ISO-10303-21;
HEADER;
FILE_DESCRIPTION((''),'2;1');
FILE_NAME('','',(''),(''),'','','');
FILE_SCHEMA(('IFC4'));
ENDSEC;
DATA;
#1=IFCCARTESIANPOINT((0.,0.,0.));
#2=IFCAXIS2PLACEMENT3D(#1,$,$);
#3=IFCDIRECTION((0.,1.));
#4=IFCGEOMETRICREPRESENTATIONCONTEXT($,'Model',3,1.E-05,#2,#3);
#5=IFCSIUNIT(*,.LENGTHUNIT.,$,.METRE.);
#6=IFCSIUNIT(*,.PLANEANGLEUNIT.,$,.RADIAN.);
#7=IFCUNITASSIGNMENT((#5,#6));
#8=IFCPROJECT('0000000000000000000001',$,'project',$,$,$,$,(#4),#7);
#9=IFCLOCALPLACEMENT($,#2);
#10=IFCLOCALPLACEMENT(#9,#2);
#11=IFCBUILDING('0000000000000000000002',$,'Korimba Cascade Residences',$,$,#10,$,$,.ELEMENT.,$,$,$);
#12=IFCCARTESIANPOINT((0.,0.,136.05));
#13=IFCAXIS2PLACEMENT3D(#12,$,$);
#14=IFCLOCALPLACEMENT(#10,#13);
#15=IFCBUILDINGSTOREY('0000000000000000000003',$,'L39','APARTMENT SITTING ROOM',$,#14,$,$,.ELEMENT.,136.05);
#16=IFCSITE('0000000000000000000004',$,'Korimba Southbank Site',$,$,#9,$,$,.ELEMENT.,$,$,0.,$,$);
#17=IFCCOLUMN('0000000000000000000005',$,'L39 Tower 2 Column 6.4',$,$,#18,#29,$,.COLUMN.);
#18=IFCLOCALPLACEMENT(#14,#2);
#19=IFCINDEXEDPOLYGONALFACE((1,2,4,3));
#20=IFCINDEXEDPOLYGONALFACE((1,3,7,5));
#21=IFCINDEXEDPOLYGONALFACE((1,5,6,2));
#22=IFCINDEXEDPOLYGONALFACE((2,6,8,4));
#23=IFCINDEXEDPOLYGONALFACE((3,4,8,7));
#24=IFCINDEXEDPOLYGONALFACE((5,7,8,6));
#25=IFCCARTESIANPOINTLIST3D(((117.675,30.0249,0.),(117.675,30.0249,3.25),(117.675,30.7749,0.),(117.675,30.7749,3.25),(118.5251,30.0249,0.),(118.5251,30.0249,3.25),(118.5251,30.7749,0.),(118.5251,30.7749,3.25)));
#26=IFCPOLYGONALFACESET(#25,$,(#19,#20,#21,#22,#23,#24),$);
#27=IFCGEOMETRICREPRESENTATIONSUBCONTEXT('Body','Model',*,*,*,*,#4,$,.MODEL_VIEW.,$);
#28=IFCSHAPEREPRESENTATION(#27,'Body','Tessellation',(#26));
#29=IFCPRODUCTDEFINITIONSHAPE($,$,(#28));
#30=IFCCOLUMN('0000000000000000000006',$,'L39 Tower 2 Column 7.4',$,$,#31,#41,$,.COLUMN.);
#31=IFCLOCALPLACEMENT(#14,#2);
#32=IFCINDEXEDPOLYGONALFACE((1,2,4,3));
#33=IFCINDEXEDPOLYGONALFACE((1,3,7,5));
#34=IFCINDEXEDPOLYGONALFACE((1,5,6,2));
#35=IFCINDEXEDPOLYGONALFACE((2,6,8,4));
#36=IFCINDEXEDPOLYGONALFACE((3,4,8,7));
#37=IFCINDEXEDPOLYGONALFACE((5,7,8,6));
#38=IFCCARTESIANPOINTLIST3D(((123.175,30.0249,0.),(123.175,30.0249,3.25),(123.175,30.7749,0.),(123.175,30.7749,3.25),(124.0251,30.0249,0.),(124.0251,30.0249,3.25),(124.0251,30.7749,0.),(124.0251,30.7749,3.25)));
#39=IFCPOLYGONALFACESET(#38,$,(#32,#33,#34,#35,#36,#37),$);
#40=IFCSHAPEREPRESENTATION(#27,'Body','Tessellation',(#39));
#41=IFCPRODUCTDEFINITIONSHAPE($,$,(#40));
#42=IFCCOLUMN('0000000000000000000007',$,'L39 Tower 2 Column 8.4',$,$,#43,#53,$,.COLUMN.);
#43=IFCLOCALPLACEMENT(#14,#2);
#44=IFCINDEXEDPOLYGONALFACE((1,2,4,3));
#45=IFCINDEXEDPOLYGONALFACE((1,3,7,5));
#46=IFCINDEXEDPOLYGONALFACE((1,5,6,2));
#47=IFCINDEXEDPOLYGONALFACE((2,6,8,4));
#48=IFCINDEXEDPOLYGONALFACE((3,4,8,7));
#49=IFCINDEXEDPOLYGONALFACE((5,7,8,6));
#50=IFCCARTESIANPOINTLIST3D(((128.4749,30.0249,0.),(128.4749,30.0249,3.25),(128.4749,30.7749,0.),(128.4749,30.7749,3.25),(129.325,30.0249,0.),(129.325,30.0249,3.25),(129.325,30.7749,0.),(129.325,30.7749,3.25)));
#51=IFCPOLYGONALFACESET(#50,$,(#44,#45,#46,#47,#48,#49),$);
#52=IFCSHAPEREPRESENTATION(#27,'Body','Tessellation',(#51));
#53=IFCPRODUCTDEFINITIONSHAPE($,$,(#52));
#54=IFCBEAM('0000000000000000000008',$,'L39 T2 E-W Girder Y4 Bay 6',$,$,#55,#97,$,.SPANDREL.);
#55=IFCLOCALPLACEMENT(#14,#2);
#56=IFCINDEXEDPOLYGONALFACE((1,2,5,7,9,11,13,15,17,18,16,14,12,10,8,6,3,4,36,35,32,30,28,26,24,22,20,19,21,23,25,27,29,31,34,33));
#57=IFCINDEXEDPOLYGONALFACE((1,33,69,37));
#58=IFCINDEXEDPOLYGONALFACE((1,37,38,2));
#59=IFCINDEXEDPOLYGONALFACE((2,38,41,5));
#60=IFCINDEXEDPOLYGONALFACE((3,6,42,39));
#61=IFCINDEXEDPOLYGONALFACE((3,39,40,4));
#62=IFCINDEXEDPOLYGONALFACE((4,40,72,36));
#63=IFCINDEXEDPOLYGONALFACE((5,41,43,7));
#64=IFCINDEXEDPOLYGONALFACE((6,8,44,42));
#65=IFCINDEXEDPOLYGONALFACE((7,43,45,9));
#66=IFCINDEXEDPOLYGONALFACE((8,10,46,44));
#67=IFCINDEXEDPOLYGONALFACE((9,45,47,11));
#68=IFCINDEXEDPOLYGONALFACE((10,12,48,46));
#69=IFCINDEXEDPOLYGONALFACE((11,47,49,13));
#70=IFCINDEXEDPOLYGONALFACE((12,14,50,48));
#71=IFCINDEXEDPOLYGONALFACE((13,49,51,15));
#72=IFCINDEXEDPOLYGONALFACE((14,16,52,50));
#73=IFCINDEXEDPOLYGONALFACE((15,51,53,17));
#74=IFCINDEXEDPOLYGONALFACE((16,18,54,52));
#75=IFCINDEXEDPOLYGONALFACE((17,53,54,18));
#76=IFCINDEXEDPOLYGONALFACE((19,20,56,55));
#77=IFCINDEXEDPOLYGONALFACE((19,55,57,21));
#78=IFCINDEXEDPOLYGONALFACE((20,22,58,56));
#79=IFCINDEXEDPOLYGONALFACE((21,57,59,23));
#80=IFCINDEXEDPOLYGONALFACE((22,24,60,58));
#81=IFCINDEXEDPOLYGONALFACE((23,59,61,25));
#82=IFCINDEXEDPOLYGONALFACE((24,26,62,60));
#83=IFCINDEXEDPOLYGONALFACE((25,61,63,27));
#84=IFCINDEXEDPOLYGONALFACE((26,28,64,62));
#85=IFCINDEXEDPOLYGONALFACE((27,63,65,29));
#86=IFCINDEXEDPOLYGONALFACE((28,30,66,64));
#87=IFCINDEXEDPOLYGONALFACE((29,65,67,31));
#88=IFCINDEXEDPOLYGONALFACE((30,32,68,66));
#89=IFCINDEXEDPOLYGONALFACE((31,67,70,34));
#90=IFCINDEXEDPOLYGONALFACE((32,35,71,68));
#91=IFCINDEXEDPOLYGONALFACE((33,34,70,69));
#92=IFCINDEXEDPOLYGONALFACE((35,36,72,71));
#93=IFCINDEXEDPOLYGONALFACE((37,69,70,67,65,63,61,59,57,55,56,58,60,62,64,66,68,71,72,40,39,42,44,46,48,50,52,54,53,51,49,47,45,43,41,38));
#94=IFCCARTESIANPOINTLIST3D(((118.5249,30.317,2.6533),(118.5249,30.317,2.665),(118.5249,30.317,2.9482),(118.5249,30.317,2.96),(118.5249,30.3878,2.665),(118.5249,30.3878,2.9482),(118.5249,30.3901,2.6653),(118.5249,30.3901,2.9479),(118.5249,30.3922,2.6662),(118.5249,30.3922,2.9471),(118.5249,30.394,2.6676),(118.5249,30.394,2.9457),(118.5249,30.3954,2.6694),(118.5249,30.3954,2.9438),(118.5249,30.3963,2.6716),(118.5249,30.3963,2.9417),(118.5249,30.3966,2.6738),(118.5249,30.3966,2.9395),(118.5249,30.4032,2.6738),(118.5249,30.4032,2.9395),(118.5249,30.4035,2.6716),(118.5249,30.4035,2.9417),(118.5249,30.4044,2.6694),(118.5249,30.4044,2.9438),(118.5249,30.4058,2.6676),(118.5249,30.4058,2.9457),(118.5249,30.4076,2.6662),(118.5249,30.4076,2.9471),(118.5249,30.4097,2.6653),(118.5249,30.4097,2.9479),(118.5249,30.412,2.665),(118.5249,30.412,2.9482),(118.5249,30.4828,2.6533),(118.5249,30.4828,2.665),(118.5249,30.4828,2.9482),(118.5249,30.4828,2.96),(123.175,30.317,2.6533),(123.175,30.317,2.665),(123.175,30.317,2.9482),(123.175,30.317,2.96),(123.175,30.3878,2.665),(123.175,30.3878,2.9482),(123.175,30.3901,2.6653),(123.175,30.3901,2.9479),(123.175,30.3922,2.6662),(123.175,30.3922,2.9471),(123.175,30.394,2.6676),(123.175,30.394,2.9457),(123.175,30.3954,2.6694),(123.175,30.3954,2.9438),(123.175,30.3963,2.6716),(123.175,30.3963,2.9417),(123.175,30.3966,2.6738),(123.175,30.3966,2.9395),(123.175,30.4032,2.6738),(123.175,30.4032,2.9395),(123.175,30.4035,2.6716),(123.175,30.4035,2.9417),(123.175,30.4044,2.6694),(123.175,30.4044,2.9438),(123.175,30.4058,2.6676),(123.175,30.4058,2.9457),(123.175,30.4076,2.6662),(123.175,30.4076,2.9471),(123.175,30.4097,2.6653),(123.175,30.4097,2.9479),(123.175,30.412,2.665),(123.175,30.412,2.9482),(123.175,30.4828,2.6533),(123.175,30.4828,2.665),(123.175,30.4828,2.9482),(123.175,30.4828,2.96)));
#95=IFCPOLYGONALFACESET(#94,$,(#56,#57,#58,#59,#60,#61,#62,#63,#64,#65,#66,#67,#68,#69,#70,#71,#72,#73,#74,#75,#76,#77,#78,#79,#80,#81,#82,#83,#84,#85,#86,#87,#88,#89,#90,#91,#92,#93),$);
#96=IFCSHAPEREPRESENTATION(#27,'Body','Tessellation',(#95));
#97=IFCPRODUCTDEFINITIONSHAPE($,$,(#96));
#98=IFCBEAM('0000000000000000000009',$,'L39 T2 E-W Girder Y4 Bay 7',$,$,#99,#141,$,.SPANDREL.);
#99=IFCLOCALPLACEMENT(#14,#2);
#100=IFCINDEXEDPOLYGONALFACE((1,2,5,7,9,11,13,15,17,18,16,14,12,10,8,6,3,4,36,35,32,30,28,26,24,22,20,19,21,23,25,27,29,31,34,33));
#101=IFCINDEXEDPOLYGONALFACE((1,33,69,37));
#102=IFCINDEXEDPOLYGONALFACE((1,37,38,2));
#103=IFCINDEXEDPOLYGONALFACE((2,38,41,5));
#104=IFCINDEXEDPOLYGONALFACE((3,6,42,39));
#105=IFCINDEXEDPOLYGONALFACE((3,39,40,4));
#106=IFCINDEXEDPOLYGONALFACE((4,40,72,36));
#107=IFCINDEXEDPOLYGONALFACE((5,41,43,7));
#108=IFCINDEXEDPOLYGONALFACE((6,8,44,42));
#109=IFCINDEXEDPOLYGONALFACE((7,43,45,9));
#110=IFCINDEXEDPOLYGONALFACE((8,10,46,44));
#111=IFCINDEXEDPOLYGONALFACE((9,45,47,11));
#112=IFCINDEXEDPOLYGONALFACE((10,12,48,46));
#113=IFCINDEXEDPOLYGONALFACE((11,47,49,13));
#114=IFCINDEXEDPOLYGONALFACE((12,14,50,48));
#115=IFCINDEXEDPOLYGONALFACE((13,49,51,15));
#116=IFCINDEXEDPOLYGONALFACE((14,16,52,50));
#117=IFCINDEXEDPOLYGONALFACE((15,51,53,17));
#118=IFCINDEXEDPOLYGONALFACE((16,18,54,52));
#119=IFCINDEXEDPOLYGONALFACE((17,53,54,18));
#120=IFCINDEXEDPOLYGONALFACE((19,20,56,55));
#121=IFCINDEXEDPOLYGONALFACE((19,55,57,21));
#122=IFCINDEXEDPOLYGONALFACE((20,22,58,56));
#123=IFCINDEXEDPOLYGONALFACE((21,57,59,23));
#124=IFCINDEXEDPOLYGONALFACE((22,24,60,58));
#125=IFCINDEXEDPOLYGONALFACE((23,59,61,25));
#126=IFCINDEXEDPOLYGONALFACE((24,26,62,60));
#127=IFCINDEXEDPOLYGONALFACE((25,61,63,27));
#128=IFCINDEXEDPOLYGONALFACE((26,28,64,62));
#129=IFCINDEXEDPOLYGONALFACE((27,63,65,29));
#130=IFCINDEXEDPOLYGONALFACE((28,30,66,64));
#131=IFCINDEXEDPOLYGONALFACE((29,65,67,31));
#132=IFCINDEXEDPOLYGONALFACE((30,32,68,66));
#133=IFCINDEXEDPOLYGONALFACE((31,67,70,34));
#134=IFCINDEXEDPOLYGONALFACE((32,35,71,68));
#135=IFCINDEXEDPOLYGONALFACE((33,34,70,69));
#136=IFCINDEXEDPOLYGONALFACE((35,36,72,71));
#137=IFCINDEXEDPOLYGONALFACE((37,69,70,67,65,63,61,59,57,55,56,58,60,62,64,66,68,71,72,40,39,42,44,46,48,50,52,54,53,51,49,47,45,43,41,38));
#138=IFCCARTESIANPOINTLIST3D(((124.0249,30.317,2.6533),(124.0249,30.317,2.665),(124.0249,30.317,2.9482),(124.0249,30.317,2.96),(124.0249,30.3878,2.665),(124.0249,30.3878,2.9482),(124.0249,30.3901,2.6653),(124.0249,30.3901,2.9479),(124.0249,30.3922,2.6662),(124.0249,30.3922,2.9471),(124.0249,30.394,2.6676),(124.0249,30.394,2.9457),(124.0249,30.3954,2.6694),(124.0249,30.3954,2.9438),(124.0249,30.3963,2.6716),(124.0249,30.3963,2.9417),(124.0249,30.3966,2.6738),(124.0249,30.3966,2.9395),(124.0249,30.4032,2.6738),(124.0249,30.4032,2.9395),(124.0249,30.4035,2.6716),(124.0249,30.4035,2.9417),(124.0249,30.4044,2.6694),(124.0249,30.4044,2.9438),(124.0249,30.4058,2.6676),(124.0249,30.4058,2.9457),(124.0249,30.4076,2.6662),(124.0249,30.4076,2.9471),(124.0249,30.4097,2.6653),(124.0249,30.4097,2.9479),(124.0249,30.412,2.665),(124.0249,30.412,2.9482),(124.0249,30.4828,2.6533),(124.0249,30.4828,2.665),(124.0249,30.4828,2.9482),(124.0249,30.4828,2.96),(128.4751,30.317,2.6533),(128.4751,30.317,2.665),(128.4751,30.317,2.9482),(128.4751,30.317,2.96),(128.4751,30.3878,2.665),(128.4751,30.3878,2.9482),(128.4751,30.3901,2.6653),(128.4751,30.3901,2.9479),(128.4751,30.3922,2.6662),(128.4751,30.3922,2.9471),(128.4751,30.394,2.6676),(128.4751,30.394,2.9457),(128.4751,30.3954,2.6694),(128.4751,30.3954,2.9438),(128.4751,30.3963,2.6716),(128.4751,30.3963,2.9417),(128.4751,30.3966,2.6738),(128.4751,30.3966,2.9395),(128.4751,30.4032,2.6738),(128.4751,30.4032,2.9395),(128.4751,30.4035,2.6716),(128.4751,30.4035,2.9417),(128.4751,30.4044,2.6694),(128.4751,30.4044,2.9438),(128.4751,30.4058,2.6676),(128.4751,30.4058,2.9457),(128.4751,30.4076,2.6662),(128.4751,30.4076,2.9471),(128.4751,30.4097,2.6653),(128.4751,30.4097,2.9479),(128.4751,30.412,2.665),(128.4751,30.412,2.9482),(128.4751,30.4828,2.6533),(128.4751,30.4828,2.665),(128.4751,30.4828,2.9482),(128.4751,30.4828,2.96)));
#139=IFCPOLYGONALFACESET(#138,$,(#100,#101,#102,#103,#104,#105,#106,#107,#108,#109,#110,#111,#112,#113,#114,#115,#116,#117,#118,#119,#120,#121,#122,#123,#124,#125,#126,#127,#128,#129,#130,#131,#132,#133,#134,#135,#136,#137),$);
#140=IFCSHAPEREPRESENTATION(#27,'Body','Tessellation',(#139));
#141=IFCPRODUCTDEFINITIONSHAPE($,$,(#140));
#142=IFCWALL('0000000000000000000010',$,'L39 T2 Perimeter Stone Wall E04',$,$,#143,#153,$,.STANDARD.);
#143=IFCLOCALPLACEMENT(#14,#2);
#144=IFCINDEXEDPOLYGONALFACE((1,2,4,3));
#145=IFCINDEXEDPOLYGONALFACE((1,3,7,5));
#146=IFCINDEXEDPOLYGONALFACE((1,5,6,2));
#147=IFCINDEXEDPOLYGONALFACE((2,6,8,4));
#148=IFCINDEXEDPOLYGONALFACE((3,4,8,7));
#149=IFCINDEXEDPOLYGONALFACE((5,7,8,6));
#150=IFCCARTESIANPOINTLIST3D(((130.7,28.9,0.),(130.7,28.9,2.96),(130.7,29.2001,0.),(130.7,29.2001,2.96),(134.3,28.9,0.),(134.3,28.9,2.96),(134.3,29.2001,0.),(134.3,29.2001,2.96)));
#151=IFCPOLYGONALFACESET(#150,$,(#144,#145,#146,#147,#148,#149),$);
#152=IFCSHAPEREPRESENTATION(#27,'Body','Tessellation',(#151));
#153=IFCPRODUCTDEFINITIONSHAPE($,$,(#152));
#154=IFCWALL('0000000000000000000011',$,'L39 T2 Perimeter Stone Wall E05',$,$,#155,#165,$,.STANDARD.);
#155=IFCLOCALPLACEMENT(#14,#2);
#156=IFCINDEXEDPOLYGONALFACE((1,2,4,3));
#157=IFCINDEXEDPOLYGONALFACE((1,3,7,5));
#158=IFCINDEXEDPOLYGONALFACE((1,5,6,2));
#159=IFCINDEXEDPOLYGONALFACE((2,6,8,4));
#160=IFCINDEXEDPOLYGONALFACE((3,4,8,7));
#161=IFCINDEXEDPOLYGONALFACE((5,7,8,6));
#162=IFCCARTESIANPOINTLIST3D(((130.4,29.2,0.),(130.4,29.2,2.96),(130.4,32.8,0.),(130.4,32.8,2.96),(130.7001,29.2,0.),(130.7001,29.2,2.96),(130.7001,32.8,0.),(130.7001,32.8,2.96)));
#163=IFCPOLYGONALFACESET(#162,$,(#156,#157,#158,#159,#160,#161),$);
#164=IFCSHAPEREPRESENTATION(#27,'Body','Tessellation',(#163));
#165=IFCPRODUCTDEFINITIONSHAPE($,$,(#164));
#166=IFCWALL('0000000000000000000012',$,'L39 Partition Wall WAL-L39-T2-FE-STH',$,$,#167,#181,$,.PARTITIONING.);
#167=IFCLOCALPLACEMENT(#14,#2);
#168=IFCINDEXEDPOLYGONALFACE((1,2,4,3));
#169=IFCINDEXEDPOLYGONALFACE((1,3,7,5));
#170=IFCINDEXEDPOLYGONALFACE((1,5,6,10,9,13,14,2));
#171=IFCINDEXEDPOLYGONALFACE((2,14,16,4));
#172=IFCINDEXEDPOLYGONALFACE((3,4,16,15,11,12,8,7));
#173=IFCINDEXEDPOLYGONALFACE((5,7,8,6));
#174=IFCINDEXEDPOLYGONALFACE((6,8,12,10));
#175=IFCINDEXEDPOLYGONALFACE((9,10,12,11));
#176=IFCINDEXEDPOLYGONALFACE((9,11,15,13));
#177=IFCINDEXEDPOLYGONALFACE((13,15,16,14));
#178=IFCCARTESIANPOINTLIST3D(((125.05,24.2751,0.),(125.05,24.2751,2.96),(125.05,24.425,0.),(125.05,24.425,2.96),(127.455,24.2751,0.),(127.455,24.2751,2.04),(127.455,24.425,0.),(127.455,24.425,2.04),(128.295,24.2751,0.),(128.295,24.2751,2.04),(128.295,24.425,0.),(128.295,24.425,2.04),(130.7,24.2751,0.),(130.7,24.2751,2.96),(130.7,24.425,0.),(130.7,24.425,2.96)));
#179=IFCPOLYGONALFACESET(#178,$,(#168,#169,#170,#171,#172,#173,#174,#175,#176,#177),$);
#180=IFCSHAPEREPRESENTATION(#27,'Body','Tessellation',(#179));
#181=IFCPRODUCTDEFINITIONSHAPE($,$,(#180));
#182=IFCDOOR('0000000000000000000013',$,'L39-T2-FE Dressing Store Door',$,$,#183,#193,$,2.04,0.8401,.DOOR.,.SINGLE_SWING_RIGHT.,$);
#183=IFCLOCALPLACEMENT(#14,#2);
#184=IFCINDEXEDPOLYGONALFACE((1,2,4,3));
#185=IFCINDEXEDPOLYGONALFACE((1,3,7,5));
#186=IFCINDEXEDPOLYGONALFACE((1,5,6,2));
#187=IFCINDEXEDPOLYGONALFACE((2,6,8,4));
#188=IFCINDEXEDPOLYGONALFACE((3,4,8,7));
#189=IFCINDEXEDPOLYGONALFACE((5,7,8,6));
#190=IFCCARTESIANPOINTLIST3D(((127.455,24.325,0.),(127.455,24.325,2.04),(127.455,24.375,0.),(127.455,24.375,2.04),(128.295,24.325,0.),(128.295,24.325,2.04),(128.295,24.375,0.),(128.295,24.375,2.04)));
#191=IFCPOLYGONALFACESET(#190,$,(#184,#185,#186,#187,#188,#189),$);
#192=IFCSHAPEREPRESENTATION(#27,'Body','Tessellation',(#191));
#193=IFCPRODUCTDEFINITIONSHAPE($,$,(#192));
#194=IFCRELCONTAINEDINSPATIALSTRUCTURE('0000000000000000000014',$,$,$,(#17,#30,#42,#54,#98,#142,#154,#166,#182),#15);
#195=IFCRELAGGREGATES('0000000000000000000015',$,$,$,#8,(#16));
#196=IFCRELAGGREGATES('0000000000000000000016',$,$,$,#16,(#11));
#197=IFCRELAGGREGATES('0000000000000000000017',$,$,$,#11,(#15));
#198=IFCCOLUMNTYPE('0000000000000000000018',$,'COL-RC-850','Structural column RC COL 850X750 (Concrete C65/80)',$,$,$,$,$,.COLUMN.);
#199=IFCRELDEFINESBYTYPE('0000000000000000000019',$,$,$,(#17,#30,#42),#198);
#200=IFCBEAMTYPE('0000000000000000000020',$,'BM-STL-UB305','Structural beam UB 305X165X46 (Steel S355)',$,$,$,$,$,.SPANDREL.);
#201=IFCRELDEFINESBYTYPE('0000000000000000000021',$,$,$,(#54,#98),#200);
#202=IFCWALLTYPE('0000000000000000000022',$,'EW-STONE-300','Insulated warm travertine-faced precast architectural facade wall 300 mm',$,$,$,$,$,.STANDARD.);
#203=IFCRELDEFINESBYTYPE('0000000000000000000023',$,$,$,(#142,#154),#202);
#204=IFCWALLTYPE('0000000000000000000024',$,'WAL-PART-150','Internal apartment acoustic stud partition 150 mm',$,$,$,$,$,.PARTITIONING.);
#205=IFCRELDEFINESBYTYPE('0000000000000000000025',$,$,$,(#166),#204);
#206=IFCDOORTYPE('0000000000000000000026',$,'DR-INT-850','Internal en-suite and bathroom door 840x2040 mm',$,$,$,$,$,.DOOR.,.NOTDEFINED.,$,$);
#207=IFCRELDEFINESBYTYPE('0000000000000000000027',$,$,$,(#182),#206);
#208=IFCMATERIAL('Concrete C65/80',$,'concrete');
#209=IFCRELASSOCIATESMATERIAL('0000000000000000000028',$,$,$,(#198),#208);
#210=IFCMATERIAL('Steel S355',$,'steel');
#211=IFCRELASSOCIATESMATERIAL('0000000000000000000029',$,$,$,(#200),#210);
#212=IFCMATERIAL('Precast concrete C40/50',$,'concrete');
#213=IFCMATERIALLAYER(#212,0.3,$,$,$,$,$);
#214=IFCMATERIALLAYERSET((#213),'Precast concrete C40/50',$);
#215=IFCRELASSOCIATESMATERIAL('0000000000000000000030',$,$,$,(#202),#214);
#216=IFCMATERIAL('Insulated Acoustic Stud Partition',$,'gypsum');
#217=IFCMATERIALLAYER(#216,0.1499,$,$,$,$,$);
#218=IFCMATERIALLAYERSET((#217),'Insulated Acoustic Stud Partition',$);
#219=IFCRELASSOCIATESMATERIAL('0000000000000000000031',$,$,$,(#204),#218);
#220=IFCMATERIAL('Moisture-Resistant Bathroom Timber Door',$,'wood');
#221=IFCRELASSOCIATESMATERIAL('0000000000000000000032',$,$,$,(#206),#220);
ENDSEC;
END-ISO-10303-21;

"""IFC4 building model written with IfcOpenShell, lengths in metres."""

from ifc_helpers import new_model, si_unit, direction, frame, frame_2d, origin, origin_2d, place, context, subcontext, project, spatial, rectangle, i_section, extrude, material, layer, layer_set, material_profile, profile_set, type_object, element, fill, save


model = new_model("IFC4")

# Units and contexts
model_context = context("Model", 3, precision=1e-05, world=origin(), true_north=direction((0.0, 1.0)))
body_context = subcontext(model_context, "Body", "Model", "MODEL_VIEW")
ifc_project = project(units=[si_unit("LENGTHUNIT", "METRE"), si_unit("PLANEANGLEUNIT", "RADIAN")], contexts=[model_context])

# Site, building, storey
site_placement = place(None, origin())
site = spatial("IfcSite", under=ifc_project, at=site_placement, Name="Korimba Southbank Site", CompositionType="ELEMENT", RefElevation=0.0)
building_placement = place(site_placement, origin())
building = spatial("IfcBuilding", under=site, at=building_placement, Name="Korimba Cascade Residences", CompositionType="ELEMENT")
storey_placement = place(building_placement, frame((0.0, 0.0, 136.05)))
storey = spatial("IfcBuildingStorey", under=building, at=storey_placement, Name="L39", Description="APARTMENT SITTING ROOM", CompositionType="ELEMENT", Elevation=136.05)

# Columns
ifc_material_1 = material(Name="Concrete C65/80", Category="concrete")
ifc_material_profile_1 = material_profile(ifc_material_1, rectangle(XDim=0.8501, YDim=0.75, at=origin_2d()), Name="Concrete C65/80")
ifc_profile_set_1 = profile_set([ifc_material_profile_1], Name="Concrete C65/80")
column_type = type_object("IfcColumnType", Name="COL-RC-850", Description="Structural column RC COL 850X750 (Concrete C65/80)", PredefinedType="COLUMN", material=ifc_profile_set_1)
for number, where, z_axis, x_axis, name in (
    (1, (118.1001, 30.3999, 0.0), (0.0, 0.0, 1.0), (1.0, 0.0, 0.0), "L39 Tower 2 Column 6.4"),
    (2, (123.6001, 30.3999, 0.0), (0.0, 0.0, 1.0), (1.0, 0.0, 0.0), "L39 Tower 2 Column 7.4"),
    (3, (128.8999, 30.3999, 0.0), (0.0, 0.0, 1.0), (1.0, 0.0, 0.0), "L39 Tower 2 Column 8.4"),
):
    element("IfcColumn", number, at=place(storey_placement, frame(where, z_axis=z_axis, x_axis=x_axis)), inside=storey, type_object=column_type, Name=name, PredefinedType="COLUMN", context=body_context, shape_type="SweptSolid", body=[
        extrude(rectangle(XDim=0.8501, YDim=0.75, at=origin_2d()), origin(), (0.0, 0.0, 1.0), 3.25),
    ])

# Beams
ifc_material_2 = material(Name="Steel S355", Category="steel")
ifc_material_profile_2 = material_profile(ifc_material_2, i_section(OverallWidth=0.1658, OverallDepth=0.3066, WebThickness=0.0066, FlangeThickness=0.0117, FilletRadius=0.0088, at=origin_2d()), Name="Steel S355")
ifc_profile_set_2 = profile_set([ifc_material_profile_2], Name="Steel S355")
beam_type = type_object("IfcBeamType", Name="BM-STL-UB305", Description="Structural beam UB 305X165X46 (Steel S355)", PredefinedType="SPANDREL", material=ifc_profile_set_2)
beam_1_placement = place(storey_placement, frame((118.5249, 30.3999, 2.8066), z_axis=(1.0, 0.0, 0.0), x_axis=(0.0, 1.0, 0.0)))
element("IfcBeam", 4, at=beam_1_placement, inside=storey, type_object=beam_type, Name="L39 T2 E-W Girder Y4 Bay 6", PredefinedType="SPANDREL", context=body_context, shape_type="SweptSolid", body=[
    extrude(i_section(OverallWidth=0.1658, OverallDepth=0.3066, WebThickness=0.0066, FlangeThickness=0.0117, FilletRadius=0.0088, at=origin_2d()), origin(), (0.0, 0.0, 1.0), 4.6501),
])
beam_2_placement = place(storey_placement, frame((124.0249, 30.3999, 2.8066), z_axis=(1.0, 0.0, 0.0), x_axis=(0.0, 1.0, 0.0)))
element("IfcBeam", 5, at=beam_2_placement, inside=storey, type_object=beam_type, Name="L39 T2 E-W Girder Y4 Bay 7", PredefinedType="SPANDREL", context=body_context, shape_type="SweptSolid", body=[
    extrude(i_section(OverallWidth=0.1658, OverallDepth=0.3066, WebThickness=0.0066, FlangeThickness=0.0117, FilletRadius=0.0088, at=origin_2d()), origin(), (0.0, 0.0, 1.0), 4.4502),
])

# Walls
ifc_material_3 = material(Name="Precast concrete C40/50", Category="concrete")
ifc_layer_1 = layer(ifc_material_3, 0.3)
ifc_layer_set_1 = layer_set([ifc_layer_1], Name="Precast concrete C40/50")
wall_type_1 = type_object("IfcWallType", Name="EW-STONE-300", Description="Insulated warm travertine-faced precast architectural facade wall 300 mm", PredefinedType="STANDARD", material=ifc_layer_set_1)
for number, where, z_axis, x_axis, name in (
    (6, (134.3, 29.05, 0.0), (0.0, 0.0, 1.0), (-1.0, 0.0, 0.0), "L39 T2 Perimeter Stone Wall E04"),
    (7, (130.55, 29.2, 0.0), (0.0, 0.0, 1.0), (0.0, 1.0, 0.0), "L39 T2 Perimeter Stone Wall E05"),
):
    element("IfcWall", number, at=place(storey_placement, frame(where, z_axis=z_axis, x_axis=x_axis)), inside=storey, type_object=wall_type_1, Name=name, PredefinedType="STANDARD", context=body_context, shape_type="SweptSolid", body=[
        extrude(rectangle(XDim=3.6001, YDim=0.3, at=frame_2d((1.8, 0.0))), origin(), (0.0, 0.0, 1.0), 2.96),
    ])

# Wall, opening, door
ifc_material_4 = material(Name="Insulated Acoustic Stud Partition", Category="gypsum")
ifc_layer_2 = layer(ifc_material_4, 0.1499)
ifc_layer_set_2 = layer_set([ifc_layer_2], Name="Insulated Acoustic Stud Partition")
wall_type_2 = type_object("IfcWallType", Name="WAL-PART-150", Description="Internal apartment acoustic stud partition 150 mm", PredefinedType="PARTITIONING", material=ifc_layer_set_2)
wall_1_placement = place(storey_placement, frame((125.05, 24.3501, 0.0), z_axis=(0.0, 0.0, 1.0), x_axis=(1.0, 0.0, 0.0)))
wall_1 = element("IfcWall", 8, at=wall_1_placement, inside=storey, type_object=wall_type_2, Name="L39 Partition Wall WAL-L39-T2-FE-STH", PredefinedType="PARTITIONING", context=body_context, shape_type="SweptSolid", body=[
    extrude(rectangle(XDim=5.6499, YDim=0.1499, at=frame_2d((2.825, 0.0))), origin(), (0.0, 0.0, 1.0), 2.96),
])
opening_1_placement = place(wall_1_placement, frame((2.405, 0.0, 0.0)))
opening_1 = element("IfcOpeningElement", 9, at=opening_1_placement, cuts=wall_1, PredefinedType="OPENING", context=body_context, shape_type="SweptSolid", body=[
    extrude(rectangle(XDim=0.8401, YDim=2.04, at=frame_2d((0.4199, 1.02))), frame((0.0, 0.085, 0.0), z_axis=(0.0, -1.0, 0.0), x_axis=(1.0, 0.0, 0.0)), (0.0, 0.0, 1.0), 0.1699),
])
ifc_material_5 = material(Name="Moisture-Resistant Bathroom Timber Door", Category="wood")
door_type_1 = type_object("IfcDoorType", Name="DR-INT-850", Description="Internal en-suite and bathroom door 840x2040 mm", OperationType="NOTDEFINED", PredefinedType="DOOR", material=ifc_material_5)
door_1_placement = place(opening_1_placement, origin())
door_1 = element("IfcDoor", 10, at=door_1_placement, inside=storey, type_object=door_type_1, Name="L39-T2-FE Dressing Store Door", OperationType="SINGLE_SWING_RIGHT", OverallHeight=2.04, OverallWidth=0.8401, PredefinedType="DOOR", context=body_context, shape_type="SweptSolid", body=[
    extrude(rectangle(XDim=0.8401, YDim=2.04, at=frame_2d((0.4199, 1.02))), frame((0.0, 0.0249, 0.0), z_axis=(0.0, -1.0, 0.0), x_axis=(1.0, 0.0, 0.0)), (0.0, 0.0, 1.0), 0.05),
])
fill(opening_1, door_1)

save(model, "model.ifc")
